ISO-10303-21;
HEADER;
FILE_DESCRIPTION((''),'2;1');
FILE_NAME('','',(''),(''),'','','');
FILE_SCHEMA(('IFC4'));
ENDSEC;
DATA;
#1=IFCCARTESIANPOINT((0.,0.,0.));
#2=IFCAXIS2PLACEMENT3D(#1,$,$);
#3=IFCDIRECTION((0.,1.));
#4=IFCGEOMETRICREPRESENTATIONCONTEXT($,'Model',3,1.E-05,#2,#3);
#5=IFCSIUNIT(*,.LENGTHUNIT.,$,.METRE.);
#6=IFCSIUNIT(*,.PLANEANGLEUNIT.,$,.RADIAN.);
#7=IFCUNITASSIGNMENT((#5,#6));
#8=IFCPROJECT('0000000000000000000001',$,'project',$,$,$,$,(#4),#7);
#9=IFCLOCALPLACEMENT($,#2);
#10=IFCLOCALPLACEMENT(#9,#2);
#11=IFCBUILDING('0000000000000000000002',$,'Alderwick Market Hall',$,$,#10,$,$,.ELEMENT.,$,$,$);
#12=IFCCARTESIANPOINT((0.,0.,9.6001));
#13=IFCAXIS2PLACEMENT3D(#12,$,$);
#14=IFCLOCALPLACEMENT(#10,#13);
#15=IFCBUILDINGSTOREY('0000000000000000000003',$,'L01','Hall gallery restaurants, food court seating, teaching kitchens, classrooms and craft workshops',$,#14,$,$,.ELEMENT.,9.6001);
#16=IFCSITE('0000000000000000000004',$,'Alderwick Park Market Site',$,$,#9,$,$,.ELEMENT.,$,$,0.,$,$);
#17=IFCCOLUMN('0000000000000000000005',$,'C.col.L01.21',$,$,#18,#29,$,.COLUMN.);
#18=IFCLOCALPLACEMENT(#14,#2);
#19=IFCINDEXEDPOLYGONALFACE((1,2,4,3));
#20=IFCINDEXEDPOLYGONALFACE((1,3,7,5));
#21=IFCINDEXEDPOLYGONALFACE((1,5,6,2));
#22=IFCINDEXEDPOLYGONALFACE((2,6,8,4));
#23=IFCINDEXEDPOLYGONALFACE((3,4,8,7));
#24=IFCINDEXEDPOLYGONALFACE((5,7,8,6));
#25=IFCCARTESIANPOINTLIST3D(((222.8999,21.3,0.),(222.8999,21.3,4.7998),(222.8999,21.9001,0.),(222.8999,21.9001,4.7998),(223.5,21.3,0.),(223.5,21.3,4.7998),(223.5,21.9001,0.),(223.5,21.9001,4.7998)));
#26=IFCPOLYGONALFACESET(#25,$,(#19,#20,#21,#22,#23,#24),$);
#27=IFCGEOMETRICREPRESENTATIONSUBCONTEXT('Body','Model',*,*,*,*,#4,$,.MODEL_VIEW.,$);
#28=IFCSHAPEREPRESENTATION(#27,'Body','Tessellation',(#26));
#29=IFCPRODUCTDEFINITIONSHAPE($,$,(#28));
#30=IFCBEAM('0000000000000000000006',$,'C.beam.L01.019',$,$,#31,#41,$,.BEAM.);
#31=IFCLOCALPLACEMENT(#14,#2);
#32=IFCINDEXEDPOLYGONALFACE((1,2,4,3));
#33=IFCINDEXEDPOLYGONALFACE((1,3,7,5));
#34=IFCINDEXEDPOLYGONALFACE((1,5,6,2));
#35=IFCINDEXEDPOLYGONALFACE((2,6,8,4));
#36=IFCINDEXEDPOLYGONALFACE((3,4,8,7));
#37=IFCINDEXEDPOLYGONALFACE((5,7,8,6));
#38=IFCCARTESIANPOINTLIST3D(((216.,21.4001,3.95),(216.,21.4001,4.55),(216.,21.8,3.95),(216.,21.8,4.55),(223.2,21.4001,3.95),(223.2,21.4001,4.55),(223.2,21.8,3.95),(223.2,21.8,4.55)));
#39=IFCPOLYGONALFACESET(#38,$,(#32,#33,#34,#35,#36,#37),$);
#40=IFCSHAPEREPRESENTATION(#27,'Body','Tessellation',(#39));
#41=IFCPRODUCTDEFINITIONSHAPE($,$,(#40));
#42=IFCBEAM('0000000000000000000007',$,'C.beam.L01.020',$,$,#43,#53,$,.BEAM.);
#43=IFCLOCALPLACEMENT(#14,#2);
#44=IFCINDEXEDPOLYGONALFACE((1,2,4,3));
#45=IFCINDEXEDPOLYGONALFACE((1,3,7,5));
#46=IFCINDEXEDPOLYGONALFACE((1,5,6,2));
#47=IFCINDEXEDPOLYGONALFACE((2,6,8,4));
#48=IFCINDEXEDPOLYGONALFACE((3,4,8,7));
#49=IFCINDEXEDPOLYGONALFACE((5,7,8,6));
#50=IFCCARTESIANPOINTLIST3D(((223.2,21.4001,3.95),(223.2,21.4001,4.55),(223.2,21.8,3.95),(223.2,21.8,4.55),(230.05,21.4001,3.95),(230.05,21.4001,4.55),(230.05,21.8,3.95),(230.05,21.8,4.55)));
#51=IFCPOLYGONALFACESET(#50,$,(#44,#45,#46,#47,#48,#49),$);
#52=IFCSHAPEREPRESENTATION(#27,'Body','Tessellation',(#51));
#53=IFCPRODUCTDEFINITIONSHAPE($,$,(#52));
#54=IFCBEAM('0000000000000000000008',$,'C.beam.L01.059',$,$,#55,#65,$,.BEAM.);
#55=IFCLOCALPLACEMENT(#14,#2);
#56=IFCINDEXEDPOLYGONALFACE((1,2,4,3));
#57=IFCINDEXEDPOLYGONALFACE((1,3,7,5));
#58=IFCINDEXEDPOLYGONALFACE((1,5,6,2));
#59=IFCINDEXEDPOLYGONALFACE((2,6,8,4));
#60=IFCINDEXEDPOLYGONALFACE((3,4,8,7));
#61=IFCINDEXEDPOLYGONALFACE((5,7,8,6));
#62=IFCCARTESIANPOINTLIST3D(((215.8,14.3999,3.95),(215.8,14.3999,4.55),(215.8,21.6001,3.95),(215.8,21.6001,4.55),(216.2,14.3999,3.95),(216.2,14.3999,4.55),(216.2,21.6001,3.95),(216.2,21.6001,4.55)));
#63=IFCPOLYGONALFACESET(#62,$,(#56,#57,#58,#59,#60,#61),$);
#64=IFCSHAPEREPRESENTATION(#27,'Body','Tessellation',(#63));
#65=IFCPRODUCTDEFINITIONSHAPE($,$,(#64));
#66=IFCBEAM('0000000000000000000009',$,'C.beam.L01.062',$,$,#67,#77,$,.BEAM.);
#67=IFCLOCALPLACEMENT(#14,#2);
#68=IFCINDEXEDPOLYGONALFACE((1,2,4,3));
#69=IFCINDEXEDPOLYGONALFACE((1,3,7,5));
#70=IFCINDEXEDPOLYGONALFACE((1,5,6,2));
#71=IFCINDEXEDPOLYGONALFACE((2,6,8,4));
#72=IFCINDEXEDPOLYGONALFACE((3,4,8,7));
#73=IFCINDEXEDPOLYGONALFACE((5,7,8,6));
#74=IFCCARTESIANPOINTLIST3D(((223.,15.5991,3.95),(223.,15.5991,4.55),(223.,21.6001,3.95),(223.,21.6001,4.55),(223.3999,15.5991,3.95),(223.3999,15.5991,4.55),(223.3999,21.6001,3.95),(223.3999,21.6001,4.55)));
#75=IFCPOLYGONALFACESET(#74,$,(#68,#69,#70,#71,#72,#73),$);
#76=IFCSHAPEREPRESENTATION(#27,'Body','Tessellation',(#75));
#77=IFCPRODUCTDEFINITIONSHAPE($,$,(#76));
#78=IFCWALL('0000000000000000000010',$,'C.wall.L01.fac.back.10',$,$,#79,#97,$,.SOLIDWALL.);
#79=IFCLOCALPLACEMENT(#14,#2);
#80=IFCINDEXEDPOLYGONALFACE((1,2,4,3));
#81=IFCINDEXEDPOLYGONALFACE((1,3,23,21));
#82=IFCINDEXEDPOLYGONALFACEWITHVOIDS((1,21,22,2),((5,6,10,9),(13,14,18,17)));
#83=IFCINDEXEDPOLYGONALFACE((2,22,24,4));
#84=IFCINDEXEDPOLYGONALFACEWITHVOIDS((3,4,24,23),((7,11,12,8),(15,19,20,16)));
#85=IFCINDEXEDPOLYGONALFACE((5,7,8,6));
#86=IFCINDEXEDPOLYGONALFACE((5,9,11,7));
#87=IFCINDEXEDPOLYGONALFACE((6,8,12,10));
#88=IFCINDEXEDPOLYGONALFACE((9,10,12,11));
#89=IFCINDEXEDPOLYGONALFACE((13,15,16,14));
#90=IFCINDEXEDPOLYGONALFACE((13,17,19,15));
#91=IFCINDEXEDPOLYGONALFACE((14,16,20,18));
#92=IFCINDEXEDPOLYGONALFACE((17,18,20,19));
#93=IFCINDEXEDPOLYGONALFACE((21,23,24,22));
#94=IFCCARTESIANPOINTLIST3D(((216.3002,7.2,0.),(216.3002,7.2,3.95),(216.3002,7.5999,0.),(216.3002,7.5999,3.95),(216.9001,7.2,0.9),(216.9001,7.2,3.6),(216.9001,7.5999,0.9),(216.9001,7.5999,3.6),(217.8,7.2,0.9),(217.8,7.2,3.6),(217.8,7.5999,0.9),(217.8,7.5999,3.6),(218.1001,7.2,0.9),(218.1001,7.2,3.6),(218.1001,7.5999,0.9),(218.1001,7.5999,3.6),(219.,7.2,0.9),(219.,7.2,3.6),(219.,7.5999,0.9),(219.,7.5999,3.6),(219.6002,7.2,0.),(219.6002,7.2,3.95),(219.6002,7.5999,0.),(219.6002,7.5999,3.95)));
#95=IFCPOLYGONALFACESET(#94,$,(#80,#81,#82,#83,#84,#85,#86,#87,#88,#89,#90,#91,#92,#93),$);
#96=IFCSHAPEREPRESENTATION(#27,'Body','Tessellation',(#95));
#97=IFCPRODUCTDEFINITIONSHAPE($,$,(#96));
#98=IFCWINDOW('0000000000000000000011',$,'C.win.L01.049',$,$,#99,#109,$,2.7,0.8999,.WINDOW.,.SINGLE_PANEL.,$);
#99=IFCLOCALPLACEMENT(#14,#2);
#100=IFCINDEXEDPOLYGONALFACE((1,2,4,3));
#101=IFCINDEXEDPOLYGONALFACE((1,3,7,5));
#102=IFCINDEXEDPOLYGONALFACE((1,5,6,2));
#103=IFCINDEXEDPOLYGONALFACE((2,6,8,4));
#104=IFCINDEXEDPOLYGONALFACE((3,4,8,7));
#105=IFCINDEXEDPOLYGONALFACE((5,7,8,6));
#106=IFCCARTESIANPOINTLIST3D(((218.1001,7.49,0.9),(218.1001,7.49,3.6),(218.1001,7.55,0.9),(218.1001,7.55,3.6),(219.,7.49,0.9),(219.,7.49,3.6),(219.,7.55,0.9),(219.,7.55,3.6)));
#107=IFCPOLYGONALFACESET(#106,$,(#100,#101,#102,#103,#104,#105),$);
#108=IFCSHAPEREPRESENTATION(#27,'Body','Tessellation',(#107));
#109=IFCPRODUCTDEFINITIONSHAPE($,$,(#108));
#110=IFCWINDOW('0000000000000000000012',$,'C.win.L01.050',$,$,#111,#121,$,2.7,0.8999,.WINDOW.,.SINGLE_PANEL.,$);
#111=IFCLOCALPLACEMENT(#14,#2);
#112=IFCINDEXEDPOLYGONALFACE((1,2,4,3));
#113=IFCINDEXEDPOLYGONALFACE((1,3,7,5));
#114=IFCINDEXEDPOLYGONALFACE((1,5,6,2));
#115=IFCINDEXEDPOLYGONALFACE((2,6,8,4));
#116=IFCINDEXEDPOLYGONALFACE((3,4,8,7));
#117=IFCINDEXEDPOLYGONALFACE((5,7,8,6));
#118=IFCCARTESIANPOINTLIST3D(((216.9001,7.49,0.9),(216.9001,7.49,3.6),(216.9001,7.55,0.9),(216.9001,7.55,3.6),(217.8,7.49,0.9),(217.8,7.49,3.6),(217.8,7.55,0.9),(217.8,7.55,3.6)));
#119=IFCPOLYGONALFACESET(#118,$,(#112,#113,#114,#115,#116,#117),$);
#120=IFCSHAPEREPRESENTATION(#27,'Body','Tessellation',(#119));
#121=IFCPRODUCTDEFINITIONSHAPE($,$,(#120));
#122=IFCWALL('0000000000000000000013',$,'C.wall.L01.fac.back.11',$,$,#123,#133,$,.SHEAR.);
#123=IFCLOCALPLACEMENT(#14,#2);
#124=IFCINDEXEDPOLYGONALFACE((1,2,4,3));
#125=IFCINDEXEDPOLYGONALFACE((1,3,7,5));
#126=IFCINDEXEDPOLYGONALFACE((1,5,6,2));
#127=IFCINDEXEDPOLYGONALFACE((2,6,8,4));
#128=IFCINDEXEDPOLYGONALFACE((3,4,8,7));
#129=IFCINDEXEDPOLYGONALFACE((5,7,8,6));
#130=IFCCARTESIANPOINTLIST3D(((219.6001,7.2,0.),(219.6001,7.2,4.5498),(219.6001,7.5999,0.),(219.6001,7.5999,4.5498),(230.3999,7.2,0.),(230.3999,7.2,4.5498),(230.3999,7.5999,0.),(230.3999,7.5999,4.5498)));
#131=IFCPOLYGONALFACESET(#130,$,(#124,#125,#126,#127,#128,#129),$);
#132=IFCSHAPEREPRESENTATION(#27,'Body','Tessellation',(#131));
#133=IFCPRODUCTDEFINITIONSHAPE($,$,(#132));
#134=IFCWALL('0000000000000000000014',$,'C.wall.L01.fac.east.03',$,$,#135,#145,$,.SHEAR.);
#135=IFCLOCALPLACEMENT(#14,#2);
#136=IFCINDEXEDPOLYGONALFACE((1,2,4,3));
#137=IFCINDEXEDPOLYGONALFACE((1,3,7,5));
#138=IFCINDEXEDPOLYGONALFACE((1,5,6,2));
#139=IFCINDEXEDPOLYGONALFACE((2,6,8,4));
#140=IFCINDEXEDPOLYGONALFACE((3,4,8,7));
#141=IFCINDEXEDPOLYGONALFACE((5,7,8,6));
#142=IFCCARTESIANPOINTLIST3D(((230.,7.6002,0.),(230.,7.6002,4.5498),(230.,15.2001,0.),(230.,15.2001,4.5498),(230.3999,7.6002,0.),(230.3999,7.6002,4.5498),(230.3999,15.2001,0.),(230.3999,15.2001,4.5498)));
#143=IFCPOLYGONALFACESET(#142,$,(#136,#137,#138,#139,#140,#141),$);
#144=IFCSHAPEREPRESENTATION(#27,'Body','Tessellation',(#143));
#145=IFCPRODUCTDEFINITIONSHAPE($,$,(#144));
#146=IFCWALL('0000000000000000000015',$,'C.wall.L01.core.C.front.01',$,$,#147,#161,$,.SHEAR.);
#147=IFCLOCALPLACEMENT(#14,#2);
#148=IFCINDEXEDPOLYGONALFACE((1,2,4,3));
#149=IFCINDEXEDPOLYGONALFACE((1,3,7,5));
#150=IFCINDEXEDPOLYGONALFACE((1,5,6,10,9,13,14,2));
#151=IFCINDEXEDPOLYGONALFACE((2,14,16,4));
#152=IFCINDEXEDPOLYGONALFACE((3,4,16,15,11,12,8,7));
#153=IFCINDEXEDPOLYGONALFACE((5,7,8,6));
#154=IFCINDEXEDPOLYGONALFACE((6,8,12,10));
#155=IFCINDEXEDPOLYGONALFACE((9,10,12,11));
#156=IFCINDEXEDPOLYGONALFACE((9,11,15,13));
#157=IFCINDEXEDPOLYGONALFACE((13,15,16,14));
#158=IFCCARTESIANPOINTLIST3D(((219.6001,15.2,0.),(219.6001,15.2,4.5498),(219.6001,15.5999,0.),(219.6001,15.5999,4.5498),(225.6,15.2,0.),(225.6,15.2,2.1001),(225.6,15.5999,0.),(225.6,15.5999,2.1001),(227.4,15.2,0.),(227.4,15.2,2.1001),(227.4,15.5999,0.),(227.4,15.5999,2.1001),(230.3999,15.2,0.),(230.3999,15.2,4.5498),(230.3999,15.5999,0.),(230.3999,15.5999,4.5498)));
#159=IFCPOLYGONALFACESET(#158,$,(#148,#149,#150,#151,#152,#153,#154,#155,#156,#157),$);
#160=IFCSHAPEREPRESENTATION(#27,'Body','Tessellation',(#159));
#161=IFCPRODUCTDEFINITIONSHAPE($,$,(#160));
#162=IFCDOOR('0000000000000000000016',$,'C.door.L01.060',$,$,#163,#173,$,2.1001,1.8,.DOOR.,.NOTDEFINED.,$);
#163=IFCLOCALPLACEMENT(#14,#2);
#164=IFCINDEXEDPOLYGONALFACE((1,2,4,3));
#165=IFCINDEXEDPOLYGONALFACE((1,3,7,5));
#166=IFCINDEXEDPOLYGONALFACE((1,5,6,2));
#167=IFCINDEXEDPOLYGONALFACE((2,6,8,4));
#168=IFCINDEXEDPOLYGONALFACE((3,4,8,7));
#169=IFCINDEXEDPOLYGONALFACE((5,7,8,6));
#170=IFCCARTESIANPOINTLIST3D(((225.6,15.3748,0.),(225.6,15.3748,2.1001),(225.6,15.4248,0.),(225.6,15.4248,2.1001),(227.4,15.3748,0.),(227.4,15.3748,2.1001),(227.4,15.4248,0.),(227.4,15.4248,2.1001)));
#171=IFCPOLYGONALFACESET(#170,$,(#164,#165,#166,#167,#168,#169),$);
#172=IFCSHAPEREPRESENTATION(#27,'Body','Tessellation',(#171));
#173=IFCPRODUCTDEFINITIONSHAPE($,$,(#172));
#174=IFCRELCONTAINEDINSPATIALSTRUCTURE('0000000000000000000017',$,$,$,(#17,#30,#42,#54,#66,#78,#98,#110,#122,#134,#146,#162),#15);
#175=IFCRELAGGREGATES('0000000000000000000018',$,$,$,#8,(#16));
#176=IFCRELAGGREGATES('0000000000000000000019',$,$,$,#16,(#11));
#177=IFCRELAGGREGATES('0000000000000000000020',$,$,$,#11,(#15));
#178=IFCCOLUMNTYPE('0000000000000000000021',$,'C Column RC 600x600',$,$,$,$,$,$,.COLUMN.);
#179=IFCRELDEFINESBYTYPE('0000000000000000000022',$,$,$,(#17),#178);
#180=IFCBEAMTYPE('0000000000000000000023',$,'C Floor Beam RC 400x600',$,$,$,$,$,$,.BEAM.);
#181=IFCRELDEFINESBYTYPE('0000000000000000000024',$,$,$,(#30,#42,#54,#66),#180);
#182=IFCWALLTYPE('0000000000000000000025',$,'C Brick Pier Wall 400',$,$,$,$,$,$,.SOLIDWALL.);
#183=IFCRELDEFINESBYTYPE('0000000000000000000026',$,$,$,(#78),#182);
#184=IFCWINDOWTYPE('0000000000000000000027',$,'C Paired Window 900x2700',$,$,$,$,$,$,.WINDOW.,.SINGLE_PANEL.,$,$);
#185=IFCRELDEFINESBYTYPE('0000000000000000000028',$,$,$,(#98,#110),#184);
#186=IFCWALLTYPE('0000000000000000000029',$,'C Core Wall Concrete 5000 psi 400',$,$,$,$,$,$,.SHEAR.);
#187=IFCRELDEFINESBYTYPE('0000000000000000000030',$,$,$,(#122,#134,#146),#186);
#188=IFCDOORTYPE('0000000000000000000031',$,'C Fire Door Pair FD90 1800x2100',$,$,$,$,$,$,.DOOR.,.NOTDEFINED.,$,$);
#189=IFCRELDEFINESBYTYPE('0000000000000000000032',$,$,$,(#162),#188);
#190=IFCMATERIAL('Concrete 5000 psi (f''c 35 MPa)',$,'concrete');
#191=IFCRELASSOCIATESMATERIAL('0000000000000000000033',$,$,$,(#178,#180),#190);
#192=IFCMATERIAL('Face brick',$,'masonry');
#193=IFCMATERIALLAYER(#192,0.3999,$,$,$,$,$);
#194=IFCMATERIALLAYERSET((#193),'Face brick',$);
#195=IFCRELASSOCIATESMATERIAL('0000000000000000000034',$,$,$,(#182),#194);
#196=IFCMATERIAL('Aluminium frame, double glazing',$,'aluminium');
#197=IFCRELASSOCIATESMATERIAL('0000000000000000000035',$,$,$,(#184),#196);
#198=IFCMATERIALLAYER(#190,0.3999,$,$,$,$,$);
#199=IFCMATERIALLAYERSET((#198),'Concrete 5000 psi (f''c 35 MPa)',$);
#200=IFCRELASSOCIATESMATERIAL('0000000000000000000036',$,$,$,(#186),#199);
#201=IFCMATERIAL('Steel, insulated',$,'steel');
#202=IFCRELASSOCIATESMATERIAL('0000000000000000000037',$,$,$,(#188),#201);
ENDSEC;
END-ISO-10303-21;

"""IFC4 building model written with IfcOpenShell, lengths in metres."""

from ifc_helpers import new_model, si_unit, direction, frame, frame_2d, origin, origin_2d, place, context, subcontext, project, spatial, rectangle, extrude, material, layer, layer_set, material_profile, profile_set, type_object, element, fill, save


model = new_model("IFC4")

# Units and contexts
model_context = context("Model", 3, precision=1e-05, world=origin(), true_north=direction((0.0, 1.0)))
body_context = subcontext(model_context, "Body", "Model", "MODEL_VIEW")
ifc_project = project(units=[si_unit("LENGTHUNIT", "METRE"), si_unit("PLANEANGLEUNIT", "RADIAN")], contexts=[model_context])

# Site, building, storey
site_placement = place(None, origin())
site = spatial("IfcSite", under=ifc_project, at=site_placement, Name="Alderwick Park Market Site", CompositionType="ELEMENT", RefElevation=0.0)
building_placement = place(site_placement, origin())
building = spatial("IfcBuilding", under=site, at=building_placement, Name="Alderwick Market Hall", CompositionType="ELEMENT")
storey_placement = place(building_placement, frame((0.0, 0.0, 9.6001)))
storey = spatial("IfcBuildingStorey", under=building, at=storey_placement, Name="L01", Description="Hall gallery restaurants, food court seating, teaching kitchens, classrooms and craft workshops", CompositionType="ELEMENT", Elevation=9.6001)

# Column
ifc_material_1 = material(Name="Concrete 5000 psi (f'c 35 MPa)", Category="concrete")
ifc_material_profile_1 = material_profile(ifc_material_1, rectangle(XDim=0.6001, YDim=0.6001, at=origin_2d()), Name="RC 600x600")
ifc_profile_set_1 = profile_set([ifc_material_profile_1], Name="Concrete 5000 psi (f'c 35 MPa)")
column_type = type_object("IfcColumnType", Name="C Column RC 600x600", PredefinedType="COLUMN", material=ifc_profile_set_1)
column_placement = place(storey_placement, frame((223.2, 21.6001, 0.0), z_axis=(0.0, 0.0, 1.0), x_axis=(1.0, 0.0, 0.0)))
element("IfcColumn", 1, at=column_placement, inside=storey, type_object=column_type, Name="C.col.L01.21", PredefinedType="COLUMN", context=body_context, shape_type="SweptSolid", body=[
    extrude(rectangle(XDim=0.6001, YDim=0.6001, at=origin_2d()), origin(), (0.0, 0.0, 1.0), 4.7998),
])

# Beams
ifc_material_profile_2 = material_profile(ifc_material_1, rectangle(XDim=0.3999, YDim=0.6001, at=origin_2d()), Name="RC 400x600")
ifc_profile_set_2 = profile_set([ifc_material_profile_2], Name="Concrete 5000 psi (f'c 35 MPa)")
beam_type = type_object("IfcBeamType", Name="C Floor Beam RC 400x600", PredefinedType="BEAM", material=ifc_profile_set_2)
beam_1_placement = place(storey_placement, frame((216.0, 21.6001, 4.25), z_axis=(1.0, 0.0, 0.0), x_axis=(0.0, 1.0, 0.0)))
element("IfcBeam", 2, at=beam_1_placement, inside=storey, type_object=beam_type, Name="C.beam.L01.019", PredefinedType="BEAM", context=body_context, shape_type="SweptSolid", body=[
    extrude(rectangle(XDim=0.3999, YDim=0.6001, at=origin_2d()), origin(), (0.0, 0.0, 1.0), 7.2),
])
beam_2_placement = place(storey_placement, frame((223.2, 21.6001, 4.25), z_axis=(1.0, 0.0, 0.0), x_axis=(0.0, 1.0, 0.0)))
element("IfcBeam", 3, at=beam_2_placement, inside=storey, type_object=beam_type, Name="C.beam.L01.020", PredefinedType="BEAM", context=body_context, shape_type="SweptSolid", body=[
    extrude(rectangle(XDim=0.3999, YDim=0.6001, at=origin_2d()), origin(), (0.0, 0.0, 1.0), 6.8501),
])
beam_3_placement = place(storey_placement, frame((216.0, 21.6001, 4.25), z_axis=(0.0, -1.0, 0.0), x_axis=(1.0, 0.0, 0.0)))
element("IfcBeam", 4, at=beam_3_placement, inside=storey, type_object=beam_type, Name="C.beam.L01.059", PredefinedType="BEAM", context=body_context, shape_type="SweptSolid", body=[
    extrude(rectangle(XDim=0.3999, YDim=0.6001, at=origin_2d()), origin(), (0.0, 0.0, 1.0), 7.2002),
])
beam_4_placement = place(storey_placement, frame((223.2, 21.6001, 4.25), z_axis=(0.0, -1.0, 0.0), x_axis=(1.0, 0.0, 0.0)))
element("IfcBeam", 5, at=beam_4_placement, inside=storey, type_object=beam_type, Name="C.beam.L01.062", PredefinedType="BEAM", context=body_context, shape_type="SweptSolid", body=[
    extrude(rectangle(XDim=0.3999, YDim=0.6001, at=origin_2d()), origin(), (0.0, 0.0, 1.0), 6.001),
])

# Wall, openings, windows
ifc_material_2 = material(Name="Face brick", Category="masonry")
ifc_layer_1 = layer(ifc_material_2, 0.3999)
ifc_layer_set_1 = layer_set([ifc_layer_1], Name="Face brick")
wall_type_1 = type_object("IfcWallType", Name="C Brick Pier Wall 400", PredefinedType="SOLIDWALL", material=ifc_layer_set_1)
wall_1_placement = place(storey_placement, frame((219.6001, 7.3999, 0.0), z_axis=(0.0, 0.0, 1.0), x_axis=(-1.0, 0.0, 0.0)))
wall_1 = element("IfcWall", 6, at=wall_1_placement, inside=storey, type_object=wall_type_1, Name="C.wall.L01.fac.back.10", PredefinedType="SOLIDWALL", context=body_context, shape_type="SweptSolid", body=[
    extrude(rectangle(XDim=3.3, YDim=0.3999, at=frame_2d((1.6499, 0.0))), origin(), (0.0, 0.0, 1.0), 3.95),
])
opening_1_placement = place(wall_1_placement, frame((0.6001, 0.0, 0.8999)))
opening_1 = element("IfcOpeningElement", 7, at=opening_1_placement, cuts=wall_1, PredefinedType="OPENING", context=body_context, shape_type="SweptSolid", body=[
    extrude(rectangle(XDim=0.8999, YDim=2.7, at=frame_2d((0.45, 1.3501))), frame((0.0, 0.21, 0.0), z_axis=(0.0, -1.0, 0.0), x_axis=(1.0, 0.0, 0.0)), (0.0, 0.0, 1.0), 0.4199),
])
opening_2_placement = place(wall_1_placement, frame((1.8, 0.0, 0.8999)))
opening_2 = element("IfcOpeningElement", 8, at=opening_2_placement, cuts=wall_1, PredefinedType="OPENING", context=body_context, shape_type="SweptSolid", body=[
    extrude(rectangle(XDim=0.8999, YDim=2.7, at=frame_2d((0.45, 1.3501))), frame((0.0, 0.21, 0.0), z_axis=(0.0, -1.0, 0.0), x_axis=(1.0, 0.0, 0.0)), (0.0, 0.0, 1.0), 0.4199),
])
ifc_material_3 = material(Name="Aluminium frame, double glazing", Category="aluminium")
window_type = type_object("IfcWindowType", Name="C Paired Window 900x2700", PartitioningType="SINGLE_PANEL", PredefinedType="WINDOW", material=ifc_material_3)
window_1_placement = place(opening_1_placement, origin())
window_1 = element("IfcWindow", 9, at=window_1_placement, inside=storey, type_object=window_type, Name="C.win.L01.049", OverallHeight=2.7, OverallWidth=0.8999, PartitioningType="SINGLE_PANEL", PredefinedType="WINDOW", context=body_context, shape_type="SweptSolid", body=[
    extrude(rectangle(XDim=0.8999, YDim=2.7, at=frame_2d((0.45, 1.3501))), frame((0.0, -0.0901, 0.0), z_axis=(0.0, -1.0, 0.0), x_axis=(1.0, 0.0, 0.0)), (0.0, 0.0, 1.0), 0.0601),
])
fill(opening_1, window_1)
window_2_placement = place(opening_2_placement, origin())
window_2 = element("IfcWindow", 10, at=window_2_placement, inside=storey, type_object=window_type, Name="C.win.L01.050", OverallHeight=2.7, OverallWidth=0.8999, PartitioningType="SINGLE_PANEL", PredefinedType="WINDOW", context=body_context, shape_type="SweptSolid", body=[
    extrude(rectangle(XDim=0.8999, YDim=2.7, at=frame_2d((0.45, 1.3501))), frame((0.0, -0.0901, 0.0), z_axis=(0.0, -1.0, 0.0), x_axis=(1.0, 0.0, 0.0)), (0.0, 0.0, 1.0), 0.0601),
])
fill(opening_2, window_2)

# Walls
ifc_layer_2 = layer(ifc_material_1, 0.3999)
ifc_layer_set_2 = layer_set([ifc_layer_2], Name="Concrete 5000 psi (f'c 35 MPa)")
wall_type_2 = type_object("IfcWallType", Name="C Core Wall Concrete 5000 psi 400", PredefinedType="SHEAR", material=ifc_layer_set_2)
wall_2_placement = place(storey_placement, frame((230.3999, 7.3999, 0.0), z_axis=(0.0, 0.0, 1.0), x_axis=(-1.0, 0.0, 0.0)))
element("IfcWall", 11, at=wall_2_placement, inside=storey, type_object=wall_type_2, Name="C.wall.L01.fac.back.11", PredefinedType="SHEAR", context=body_context, shape_type="SweptSolid", body=[
    extrude(rectangle(XDim=10.7998, YDim=0.3999, at=frame_2d((5.3999, 0.0))), origin(), (0.0, 0.0, 1.0), 4.5498),
])
wall_3_placement = place(storey_placement, frame((230.2, 15.2, 0.0), z_axis=(0.0, 0.0, 1.0), x_axis=(0.0, -1.0, 0.0)))
element("IfcWall", 12, at=wall_3_placement, inside=storey, type_object=wall_type_2, Name="C.wall.L01.fac.east.03", PredefinedType="SHEAR", context=body_context, shape_type="SweptSolid", body=[
    extrude(rectangle(XDim=7.5999, YDim=0.3999, at=frame_2d((3.7998, 0.0))), origin(), (0.0, 0.0, 1.0), 4.5498),
])

# Wall, opening, door
wall_4_placement = place(storey_placement, frame((219.6001, 15.3999, 0.0), z_axis=(0.0, 0.0, 1.0), x_axis=(1.0, 0.0, 0.0)))
wall_4 = element("IfcWall", 13, at=wall_4_placement, inside=storey, type_object=wall_type_2, Name="C.wall.L01.core.C.front.01", PredefinedType="SHEAR", context=body_context, shape_type="SweptSolid", body=[
    extrude(rectangle(XDim=10.7998, YDim=0.3999, at=frame_2d((5.3999, 0.0))), origin(), (0.0, 0.0, 1.0), 4.5498),
])
opening_3_placement = place(wall_4_placement, frame((6.0, 0.0, 0.0)))
opening_3 = element("IfcOpeningElement", 14, at=opening_3_placement, cuts=wall_4, PredefinedType="OPENING", context=body_context, shape_type="SweptSolid", body=[
    extrude(rectangle(XDim=1.8, YDim=2.1001, at=frame_2d((0.8999, 1.05))), frame((0.0, 0.21, 0.0), z_axis=(0.0, -1.0, 0.0), x_axis=(1.0, 0.0, 0.0)), (0.0, 0.0, 1.0), 0.4199),
])
ifc_material_4 = material(Name="Steel, insulated", Category="steel")
door_type_1 = type_object("IfcDoorType", Name="C Fire Door Pair FD90 1800x2100", OperationType="NOTDEFINED", PredefinedType="DOOR", material=ifc_material_4)
door_1_placement = place(opening_3_placement, origin())
door_1 = element("IfcDoor", 15, at=door_1_placement, inside=storey, type_object=door_type_1, Name="C.door.L01.060", OperationType="NOTDEFINED", OverallHeight=2.1001, OverallWidth=1.8, PredefinedType="DOOR", context=body_context, shape_type="SweptSolid", body=[
    extrude(rectangle(XDim=1.8, YDim=2.1001, at=frame_2d((0.8999, 1.05))), frame((0.0, 0.0249, 0.0), z_axis=(0.0, -1.0, 0.0), x_axis=(1.0, 0.0, 0.0)), (0.0, 0.0, 1.0), 0.05),
])
fill(opening_3, door_1)

save(model, "model.ifc")
